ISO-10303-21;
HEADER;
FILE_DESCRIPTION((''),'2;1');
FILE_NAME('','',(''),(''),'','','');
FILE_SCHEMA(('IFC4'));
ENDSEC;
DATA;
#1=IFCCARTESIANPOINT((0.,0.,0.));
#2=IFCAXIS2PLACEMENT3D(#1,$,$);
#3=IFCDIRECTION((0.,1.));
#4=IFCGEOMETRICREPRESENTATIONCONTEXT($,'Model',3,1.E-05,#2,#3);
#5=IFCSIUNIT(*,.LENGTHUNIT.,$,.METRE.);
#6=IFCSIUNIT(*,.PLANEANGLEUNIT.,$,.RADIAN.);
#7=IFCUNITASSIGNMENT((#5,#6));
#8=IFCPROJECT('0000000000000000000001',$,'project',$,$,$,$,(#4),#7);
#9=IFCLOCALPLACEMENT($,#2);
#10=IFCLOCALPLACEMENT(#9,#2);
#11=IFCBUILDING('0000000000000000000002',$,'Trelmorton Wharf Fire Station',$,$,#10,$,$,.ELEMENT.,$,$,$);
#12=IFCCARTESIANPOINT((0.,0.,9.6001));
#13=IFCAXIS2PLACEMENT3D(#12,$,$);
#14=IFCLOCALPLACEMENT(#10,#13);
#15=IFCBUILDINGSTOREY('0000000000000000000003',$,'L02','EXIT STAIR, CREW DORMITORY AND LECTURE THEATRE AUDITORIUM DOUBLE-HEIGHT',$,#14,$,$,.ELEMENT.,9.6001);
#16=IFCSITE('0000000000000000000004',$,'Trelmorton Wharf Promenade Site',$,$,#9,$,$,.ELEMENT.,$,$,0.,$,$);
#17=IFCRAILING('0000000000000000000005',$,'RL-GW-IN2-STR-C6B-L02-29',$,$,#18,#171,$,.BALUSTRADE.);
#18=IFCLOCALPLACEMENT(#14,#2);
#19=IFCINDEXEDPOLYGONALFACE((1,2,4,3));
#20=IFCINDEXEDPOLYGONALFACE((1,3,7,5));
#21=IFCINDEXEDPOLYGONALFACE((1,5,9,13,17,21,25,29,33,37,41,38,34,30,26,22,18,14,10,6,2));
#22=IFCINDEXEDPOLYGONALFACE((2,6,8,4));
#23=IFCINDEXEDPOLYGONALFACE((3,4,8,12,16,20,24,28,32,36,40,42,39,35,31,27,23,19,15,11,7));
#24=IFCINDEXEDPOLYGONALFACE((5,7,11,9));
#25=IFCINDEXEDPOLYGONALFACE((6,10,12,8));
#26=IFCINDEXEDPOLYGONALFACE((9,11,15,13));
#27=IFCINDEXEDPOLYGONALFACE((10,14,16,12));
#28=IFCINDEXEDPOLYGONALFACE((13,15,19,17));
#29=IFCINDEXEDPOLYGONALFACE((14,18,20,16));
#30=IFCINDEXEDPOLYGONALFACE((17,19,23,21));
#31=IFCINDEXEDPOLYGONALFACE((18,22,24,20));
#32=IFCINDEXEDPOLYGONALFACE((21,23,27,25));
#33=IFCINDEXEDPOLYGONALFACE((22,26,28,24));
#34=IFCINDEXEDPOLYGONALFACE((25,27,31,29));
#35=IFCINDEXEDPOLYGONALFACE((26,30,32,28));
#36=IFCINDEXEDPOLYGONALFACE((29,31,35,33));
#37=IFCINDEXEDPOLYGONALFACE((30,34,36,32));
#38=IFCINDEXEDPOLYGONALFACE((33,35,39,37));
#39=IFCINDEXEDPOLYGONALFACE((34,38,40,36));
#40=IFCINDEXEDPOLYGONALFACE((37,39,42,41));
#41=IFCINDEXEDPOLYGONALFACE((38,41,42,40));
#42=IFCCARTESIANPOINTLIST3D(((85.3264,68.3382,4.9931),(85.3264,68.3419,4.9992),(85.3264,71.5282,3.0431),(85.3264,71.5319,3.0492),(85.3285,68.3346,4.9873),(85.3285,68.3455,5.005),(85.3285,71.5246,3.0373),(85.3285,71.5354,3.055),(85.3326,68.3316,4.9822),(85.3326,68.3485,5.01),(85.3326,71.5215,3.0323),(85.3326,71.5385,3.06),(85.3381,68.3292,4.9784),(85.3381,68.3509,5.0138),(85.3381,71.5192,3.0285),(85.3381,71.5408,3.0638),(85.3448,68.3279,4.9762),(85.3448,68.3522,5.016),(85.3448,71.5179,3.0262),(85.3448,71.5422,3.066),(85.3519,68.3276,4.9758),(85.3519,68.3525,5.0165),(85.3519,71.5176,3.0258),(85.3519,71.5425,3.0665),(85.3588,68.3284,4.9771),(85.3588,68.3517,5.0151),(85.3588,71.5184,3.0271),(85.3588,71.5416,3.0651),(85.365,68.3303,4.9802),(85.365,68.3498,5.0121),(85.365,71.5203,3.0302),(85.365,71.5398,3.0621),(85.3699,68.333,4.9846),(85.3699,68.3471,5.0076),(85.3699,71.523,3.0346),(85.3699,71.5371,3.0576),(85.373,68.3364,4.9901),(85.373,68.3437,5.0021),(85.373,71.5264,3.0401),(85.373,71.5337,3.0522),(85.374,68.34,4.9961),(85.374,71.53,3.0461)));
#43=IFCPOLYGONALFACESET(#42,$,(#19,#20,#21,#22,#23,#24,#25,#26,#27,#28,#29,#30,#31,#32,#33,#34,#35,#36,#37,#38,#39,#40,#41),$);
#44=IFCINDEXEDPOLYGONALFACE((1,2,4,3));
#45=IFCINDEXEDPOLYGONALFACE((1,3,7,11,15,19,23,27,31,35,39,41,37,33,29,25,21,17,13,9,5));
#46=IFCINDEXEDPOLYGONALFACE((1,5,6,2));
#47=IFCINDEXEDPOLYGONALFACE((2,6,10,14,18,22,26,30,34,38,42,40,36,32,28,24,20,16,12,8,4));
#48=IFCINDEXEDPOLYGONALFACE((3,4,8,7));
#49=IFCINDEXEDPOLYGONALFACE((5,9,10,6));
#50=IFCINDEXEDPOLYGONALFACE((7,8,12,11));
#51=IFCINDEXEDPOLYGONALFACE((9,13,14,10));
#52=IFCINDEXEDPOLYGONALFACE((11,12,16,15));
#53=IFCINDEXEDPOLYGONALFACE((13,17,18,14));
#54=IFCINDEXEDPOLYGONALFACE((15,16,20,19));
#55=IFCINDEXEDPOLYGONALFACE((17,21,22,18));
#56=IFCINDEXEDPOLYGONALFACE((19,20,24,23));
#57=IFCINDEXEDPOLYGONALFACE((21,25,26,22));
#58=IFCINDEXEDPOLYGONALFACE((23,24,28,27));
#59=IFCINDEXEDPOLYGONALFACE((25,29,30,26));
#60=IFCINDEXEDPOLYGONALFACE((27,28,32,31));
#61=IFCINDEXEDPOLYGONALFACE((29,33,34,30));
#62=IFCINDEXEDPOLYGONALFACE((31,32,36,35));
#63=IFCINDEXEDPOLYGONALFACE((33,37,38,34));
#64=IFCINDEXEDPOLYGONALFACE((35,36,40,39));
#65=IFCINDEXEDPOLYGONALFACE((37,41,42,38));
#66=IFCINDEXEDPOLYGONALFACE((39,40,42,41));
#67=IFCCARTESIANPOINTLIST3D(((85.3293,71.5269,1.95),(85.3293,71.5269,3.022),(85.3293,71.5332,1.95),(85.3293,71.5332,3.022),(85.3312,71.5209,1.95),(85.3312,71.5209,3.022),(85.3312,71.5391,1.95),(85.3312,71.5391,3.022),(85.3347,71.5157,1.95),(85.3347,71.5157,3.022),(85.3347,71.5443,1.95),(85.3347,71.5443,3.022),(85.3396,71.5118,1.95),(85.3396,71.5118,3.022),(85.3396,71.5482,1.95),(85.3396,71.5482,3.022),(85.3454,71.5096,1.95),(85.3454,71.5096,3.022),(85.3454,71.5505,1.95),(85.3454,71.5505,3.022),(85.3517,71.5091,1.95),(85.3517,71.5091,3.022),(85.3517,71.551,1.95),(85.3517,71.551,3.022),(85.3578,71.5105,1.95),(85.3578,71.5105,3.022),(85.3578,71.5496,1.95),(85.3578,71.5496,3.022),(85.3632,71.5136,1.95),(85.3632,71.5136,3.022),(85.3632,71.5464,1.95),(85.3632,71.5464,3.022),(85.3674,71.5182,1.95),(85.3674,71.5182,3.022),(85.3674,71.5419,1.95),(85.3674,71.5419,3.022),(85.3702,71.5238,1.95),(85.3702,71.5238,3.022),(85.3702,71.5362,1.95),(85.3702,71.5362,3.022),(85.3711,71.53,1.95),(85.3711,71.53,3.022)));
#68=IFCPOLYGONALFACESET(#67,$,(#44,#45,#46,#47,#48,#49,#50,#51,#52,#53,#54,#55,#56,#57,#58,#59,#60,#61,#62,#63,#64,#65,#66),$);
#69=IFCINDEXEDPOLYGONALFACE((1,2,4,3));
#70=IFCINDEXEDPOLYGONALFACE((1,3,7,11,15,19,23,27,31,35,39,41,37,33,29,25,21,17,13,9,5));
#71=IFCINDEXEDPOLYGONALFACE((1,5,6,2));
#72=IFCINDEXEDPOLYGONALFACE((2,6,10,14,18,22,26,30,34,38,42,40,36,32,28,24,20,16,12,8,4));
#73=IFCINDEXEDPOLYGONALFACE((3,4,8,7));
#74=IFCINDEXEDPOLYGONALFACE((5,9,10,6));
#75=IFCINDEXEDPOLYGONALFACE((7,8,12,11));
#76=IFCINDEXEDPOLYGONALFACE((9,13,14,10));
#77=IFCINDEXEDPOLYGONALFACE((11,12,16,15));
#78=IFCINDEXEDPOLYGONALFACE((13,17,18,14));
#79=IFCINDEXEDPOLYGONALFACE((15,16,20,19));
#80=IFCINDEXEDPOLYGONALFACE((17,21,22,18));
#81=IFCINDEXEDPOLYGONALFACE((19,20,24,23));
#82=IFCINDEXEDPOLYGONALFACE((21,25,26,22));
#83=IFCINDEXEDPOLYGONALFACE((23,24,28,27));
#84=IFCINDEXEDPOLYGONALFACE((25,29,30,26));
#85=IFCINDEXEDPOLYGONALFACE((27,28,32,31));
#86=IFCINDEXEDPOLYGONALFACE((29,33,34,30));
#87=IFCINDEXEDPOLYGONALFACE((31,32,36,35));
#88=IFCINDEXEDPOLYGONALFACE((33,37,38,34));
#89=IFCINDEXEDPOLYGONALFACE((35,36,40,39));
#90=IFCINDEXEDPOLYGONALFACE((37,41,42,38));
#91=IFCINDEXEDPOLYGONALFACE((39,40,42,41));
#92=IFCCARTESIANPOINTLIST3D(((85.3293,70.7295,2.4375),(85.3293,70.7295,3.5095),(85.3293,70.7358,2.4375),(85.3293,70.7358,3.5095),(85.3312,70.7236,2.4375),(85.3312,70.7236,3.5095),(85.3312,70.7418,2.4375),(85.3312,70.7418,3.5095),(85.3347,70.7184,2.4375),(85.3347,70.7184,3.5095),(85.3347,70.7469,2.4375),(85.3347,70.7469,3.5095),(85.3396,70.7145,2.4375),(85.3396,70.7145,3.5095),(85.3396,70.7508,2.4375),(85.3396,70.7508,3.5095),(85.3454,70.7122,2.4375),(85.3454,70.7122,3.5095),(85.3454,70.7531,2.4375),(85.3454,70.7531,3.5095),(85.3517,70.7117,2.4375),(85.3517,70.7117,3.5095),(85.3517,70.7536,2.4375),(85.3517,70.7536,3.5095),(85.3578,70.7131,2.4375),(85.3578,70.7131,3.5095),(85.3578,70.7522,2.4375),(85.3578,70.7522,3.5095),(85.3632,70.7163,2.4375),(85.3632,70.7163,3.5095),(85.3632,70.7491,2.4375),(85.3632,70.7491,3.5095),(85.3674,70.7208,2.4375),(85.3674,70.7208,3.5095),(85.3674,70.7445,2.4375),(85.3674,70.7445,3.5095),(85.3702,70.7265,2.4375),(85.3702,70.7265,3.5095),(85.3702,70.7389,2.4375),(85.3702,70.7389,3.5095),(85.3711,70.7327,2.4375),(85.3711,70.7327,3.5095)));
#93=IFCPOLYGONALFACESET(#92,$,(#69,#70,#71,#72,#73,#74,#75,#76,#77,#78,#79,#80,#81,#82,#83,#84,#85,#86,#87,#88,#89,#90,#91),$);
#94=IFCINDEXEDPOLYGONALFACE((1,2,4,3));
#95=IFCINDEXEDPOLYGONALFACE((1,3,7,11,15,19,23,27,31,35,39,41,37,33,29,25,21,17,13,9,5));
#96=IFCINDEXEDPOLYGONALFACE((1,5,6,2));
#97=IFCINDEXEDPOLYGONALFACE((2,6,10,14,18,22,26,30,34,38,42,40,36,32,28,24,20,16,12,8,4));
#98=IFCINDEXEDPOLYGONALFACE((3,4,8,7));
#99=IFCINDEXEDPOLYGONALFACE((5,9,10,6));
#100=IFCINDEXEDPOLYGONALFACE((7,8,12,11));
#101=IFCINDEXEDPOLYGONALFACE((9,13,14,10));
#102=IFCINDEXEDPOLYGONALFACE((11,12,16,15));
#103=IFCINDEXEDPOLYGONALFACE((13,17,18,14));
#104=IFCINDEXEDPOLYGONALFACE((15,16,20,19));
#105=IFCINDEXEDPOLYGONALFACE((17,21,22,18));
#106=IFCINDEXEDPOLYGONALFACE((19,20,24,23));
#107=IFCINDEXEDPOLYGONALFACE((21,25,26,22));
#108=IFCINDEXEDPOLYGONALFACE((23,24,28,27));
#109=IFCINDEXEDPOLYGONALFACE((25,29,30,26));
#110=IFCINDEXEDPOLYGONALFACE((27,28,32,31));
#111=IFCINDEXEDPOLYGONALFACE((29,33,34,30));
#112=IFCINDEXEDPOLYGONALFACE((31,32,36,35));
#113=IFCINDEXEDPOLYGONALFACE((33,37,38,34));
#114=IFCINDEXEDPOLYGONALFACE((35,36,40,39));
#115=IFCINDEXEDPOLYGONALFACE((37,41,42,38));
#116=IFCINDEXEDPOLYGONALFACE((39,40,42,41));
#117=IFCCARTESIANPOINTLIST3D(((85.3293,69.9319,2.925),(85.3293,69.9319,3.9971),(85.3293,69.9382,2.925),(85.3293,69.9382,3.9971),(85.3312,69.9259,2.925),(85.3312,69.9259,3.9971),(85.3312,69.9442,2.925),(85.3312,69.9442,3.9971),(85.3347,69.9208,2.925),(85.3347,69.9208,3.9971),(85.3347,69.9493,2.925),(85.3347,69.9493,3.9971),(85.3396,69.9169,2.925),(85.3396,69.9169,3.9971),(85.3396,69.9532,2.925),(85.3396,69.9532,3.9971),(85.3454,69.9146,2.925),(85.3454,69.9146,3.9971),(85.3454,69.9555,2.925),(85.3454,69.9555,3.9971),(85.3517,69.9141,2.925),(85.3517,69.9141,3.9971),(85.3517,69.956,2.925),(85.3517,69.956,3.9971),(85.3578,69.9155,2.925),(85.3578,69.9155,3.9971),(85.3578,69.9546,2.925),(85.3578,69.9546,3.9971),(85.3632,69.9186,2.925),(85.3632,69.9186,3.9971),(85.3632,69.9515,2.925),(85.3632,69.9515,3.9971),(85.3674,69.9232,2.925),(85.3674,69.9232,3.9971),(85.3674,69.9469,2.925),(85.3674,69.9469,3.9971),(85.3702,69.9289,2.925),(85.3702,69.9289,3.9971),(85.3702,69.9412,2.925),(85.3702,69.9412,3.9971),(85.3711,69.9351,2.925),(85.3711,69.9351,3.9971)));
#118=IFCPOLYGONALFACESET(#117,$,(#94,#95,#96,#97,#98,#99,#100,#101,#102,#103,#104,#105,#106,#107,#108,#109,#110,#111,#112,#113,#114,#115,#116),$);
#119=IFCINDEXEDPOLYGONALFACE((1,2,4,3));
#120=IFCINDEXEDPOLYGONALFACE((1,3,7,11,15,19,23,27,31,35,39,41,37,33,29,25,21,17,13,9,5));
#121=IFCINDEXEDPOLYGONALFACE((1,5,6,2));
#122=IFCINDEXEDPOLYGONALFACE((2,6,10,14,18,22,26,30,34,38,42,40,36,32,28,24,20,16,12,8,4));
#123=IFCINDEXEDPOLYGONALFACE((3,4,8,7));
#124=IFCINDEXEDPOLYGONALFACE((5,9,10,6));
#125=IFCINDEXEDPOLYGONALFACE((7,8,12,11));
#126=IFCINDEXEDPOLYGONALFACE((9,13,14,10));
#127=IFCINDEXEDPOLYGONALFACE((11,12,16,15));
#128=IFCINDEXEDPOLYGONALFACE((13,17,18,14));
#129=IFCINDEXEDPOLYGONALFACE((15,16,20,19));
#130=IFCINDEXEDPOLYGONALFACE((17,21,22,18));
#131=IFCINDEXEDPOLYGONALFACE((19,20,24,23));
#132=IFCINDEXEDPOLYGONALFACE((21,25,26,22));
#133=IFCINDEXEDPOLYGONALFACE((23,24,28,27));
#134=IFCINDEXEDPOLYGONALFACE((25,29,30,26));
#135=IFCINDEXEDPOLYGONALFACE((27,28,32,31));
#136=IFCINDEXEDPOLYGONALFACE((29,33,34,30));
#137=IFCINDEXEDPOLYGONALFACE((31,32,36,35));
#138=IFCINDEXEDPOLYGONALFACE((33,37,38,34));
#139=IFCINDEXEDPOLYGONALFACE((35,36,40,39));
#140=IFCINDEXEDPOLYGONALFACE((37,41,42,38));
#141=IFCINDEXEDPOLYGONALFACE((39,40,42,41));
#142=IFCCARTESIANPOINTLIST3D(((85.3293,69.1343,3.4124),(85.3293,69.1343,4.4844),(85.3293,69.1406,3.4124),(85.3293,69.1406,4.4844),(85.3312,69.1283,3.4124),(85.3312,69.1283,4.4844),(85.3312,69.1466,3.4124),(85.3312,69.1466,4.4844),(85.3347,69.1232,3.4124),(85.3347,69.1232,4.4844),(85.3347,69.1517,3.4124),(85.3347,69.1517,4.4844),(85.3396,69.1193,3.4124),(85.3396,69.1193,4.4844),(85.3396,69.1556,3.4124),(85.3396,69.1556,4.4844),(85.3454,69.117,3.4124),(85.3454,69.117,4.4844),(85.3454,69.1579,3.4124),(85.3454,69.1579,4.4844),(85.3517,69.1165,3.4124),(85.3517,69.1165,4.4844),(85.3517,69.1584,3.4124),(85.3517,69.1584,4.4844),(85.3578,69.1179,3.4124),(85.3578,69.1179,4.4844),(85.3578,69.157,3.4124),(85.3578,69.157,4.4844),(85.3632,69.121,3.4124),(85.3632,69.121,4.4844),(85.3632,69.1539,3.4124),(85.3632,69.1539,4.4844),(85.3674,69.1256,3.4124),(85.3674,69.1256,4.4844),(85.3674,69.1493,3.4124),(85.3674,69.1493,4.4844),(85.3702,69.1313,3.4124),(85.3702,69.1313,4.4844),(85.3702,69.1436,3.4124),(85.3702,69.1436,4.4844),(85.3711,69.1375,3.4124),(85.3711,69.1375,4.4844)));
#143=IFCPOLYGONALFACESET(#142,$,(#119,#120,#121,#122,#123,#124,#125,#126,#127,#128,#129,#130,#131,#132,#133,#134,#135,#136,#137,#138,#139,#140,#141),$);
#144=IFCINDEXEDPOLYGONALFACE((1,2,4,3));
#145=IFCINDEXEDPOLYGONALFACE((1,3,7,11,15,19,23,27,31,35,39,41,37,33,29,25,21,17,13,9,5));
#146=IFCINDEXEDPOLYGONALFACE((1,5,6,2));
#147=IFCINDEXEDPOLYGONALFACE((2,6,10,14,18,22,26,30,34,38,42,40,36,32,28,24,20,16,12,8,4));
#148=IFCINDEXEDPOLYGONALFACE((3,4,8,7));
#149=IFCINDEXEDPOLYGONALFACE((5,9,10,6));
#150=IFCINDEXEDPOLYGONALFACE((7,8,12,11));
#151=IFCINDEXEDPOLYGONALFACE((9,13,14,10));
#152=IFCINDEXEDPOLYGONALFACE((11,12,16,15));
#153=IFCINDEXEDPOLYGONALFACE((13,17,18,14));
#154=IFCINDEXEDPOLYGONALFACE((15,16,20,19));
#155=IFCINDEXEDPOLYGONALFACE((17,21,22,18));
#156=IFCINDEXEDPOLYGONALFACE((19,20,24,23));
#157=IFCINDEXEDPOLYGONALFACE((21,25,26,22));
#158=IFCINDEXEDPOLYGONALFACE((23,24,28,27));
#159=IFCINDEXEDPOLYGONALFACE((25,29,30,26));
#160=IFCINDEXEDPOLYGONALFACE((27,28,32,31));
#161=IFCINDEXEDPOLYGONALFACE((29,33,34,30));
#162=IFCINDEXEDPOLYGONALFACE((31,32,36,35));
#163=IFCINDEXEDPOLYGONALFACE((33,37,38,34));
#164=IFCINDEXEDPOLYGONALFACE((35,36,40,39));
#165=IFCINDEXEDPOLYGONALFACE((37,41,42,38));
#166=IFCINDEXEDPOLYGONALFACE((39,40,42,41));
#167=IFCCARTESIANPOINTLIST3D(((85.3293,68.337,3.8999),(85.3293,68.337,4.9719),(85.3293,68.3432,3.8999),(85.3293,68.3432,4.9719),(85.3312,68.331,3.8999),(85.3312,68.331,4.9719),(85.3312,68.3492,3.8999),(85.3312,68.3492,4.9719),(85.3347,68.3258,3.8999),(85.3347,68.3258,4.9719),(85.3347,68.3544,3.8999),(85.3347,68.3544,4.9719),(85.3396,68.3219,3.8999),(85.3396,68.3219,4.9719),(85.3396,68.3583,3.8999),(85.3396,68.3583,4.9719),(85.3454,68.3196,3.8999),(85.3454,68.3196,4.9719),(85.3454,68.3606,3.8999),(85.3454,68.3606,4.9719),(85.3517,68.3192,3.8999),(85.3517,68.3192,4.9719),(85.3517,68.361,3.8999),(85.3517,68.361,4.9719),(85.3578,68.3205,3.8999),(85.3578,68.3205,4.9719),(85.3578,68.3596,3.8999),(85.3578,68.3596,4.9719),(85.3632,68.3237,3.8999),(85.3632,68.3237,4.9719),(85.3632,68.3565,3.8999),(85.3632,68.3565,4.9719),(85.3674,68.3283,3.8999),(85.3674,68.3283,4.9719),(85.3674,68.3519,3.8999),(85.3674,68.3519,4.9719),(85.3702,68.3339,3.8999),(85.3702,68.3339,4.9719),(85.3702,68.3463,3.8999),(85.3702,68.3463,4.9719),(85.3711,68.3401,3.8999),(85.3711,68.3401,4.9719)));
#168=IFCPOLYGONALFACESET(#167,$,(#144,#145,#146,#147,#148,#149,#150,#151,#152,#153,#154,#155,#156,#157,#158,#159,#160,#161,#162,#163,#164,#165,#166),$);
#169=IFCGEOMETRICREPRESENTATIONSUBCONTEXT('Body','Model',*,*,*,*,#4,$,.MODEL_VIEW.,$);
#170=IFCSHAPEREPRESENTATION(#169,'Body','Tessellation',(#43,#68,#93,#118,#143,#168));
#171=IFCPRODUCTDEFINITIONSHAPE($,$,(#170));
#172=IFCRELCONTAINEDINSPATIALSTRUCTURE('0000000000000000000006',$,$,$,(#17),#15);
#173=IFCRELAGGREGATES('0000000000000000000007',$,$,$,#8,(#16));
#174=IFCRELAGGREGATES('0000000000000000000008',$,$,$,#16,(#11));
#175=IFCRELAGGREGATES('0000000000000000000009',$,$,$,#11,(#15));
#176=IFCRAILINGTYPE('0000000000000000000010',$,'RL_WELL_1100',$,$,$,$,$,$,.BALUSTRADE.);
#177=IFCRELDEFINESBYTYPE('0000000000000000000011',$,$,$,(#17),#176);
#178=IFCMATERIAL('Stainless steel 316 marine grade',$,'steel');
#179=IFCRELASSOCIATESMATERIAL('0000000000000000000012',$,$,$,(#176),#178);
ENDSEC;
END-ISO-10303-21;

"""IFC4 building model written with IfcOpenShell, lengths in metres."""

from ifc_helpers import new_model, si_unit, direction, frame, origin, origin_2d, place, context, subcontext, project, spatial, circle, extrude, material, type_object, element, save


model = new_model("IFC4")

# Units and contexts
model_context = context("Model", 3, precision=1e-05, world=origin(), true_north=direction((0.0, 1.0)))
body_context = subcontext(model_context, "Body", "Model", "MODEL_VIEW")
ifc_project = project(units=[si_unit("LENGTHUNIT", "METRE"), si_unit("PLANEANGLEUNIT", "RADIAN")], contexts=[model_context])

# Site, building, storey
site_placement = place(None, origin())
site = spatial("IfcSite", under=ifc_project, at=site_placement, Name="Trelmorton Wharf Promenade Site", CompositionType="ELEMENT", RefElevation=0.0)
building_placement = place(site_placement, origin())
building = spatial("IfcBuilding", under=site, at=building_placement, Name="Trelmorton Wharf Fire Station", CompositionType="ELEMENT")
storey_placement = place(building_placement, frame((0.0, 0.0, 9.6001)))
storey = spatial("IfcBuildingStorey", under=building, at=storey_placement, Name="L02", Description="EXIT STAIR, CREW DORMITORY AND LECTURE THEATRE AUDITORIUM DOUBLE-HEIGHT", CompositionType="ELEMENT", Elevation=9.6001)

# Railing
ifc_material_1 = material(Name="Stainless steel 316 marine grade", Category="steel")
railing_type = type_object("IfcRailingType", Name="RL_WELL_1100", PredefinedType="BALUSTRADE", material=ifc_material_1)
for number, where, name in (
    (1, (85.3501, 71.53, 1.95), "RL-GW-IN2-STR-C6B-L02-29"),
):
    element("IfcRailing", number, at=place(storey_placement, frame(where)), inside=storey, type_object=railing_type, Name=name, PredefinedType="BALUSTRADE", context=body_context, shape_type="SweptSolid", body=[
        extrude(circle(Radius=0.0239, at=origin_2d()), frame((0.0, 0.0, 1.0962), z_axis=(0.0, -0.853217, 0.521556), x_axis=(1.0, 0.0, 0.0)), (0.0, 0.0, 1.0), 3.7388),
        extrude(circle(Radius=0.021, at=origin_2d()), origin(), (0.0, 0.0, 1.0), 1.072),
        extrude(circle(Radius=0.021, at=origin_2d()), frame((0.0, -0.7974, 0.4875)), (0.0, 0.0, 1.0), 1.072),
        extrude(circle(Radius=0.021, at=origin_2d()), frame((0.0, -1.595, 0.9751)), (0.0, 0.0, 1.0), 1.072),
        extrude(circle(Radius=0.021, at=origin_2d()), frame((0.0, -2.3926, 1.4624)), (0.0, 0.0, 1.0), 1.072),
        extrude(circle(Radius=0.021, at=origin_2d()), frame((0.0, -3.1899, 1.95)), (0.0, 0.0, 1.0), 1.072),
    ])

save(model, "model.ifc")
